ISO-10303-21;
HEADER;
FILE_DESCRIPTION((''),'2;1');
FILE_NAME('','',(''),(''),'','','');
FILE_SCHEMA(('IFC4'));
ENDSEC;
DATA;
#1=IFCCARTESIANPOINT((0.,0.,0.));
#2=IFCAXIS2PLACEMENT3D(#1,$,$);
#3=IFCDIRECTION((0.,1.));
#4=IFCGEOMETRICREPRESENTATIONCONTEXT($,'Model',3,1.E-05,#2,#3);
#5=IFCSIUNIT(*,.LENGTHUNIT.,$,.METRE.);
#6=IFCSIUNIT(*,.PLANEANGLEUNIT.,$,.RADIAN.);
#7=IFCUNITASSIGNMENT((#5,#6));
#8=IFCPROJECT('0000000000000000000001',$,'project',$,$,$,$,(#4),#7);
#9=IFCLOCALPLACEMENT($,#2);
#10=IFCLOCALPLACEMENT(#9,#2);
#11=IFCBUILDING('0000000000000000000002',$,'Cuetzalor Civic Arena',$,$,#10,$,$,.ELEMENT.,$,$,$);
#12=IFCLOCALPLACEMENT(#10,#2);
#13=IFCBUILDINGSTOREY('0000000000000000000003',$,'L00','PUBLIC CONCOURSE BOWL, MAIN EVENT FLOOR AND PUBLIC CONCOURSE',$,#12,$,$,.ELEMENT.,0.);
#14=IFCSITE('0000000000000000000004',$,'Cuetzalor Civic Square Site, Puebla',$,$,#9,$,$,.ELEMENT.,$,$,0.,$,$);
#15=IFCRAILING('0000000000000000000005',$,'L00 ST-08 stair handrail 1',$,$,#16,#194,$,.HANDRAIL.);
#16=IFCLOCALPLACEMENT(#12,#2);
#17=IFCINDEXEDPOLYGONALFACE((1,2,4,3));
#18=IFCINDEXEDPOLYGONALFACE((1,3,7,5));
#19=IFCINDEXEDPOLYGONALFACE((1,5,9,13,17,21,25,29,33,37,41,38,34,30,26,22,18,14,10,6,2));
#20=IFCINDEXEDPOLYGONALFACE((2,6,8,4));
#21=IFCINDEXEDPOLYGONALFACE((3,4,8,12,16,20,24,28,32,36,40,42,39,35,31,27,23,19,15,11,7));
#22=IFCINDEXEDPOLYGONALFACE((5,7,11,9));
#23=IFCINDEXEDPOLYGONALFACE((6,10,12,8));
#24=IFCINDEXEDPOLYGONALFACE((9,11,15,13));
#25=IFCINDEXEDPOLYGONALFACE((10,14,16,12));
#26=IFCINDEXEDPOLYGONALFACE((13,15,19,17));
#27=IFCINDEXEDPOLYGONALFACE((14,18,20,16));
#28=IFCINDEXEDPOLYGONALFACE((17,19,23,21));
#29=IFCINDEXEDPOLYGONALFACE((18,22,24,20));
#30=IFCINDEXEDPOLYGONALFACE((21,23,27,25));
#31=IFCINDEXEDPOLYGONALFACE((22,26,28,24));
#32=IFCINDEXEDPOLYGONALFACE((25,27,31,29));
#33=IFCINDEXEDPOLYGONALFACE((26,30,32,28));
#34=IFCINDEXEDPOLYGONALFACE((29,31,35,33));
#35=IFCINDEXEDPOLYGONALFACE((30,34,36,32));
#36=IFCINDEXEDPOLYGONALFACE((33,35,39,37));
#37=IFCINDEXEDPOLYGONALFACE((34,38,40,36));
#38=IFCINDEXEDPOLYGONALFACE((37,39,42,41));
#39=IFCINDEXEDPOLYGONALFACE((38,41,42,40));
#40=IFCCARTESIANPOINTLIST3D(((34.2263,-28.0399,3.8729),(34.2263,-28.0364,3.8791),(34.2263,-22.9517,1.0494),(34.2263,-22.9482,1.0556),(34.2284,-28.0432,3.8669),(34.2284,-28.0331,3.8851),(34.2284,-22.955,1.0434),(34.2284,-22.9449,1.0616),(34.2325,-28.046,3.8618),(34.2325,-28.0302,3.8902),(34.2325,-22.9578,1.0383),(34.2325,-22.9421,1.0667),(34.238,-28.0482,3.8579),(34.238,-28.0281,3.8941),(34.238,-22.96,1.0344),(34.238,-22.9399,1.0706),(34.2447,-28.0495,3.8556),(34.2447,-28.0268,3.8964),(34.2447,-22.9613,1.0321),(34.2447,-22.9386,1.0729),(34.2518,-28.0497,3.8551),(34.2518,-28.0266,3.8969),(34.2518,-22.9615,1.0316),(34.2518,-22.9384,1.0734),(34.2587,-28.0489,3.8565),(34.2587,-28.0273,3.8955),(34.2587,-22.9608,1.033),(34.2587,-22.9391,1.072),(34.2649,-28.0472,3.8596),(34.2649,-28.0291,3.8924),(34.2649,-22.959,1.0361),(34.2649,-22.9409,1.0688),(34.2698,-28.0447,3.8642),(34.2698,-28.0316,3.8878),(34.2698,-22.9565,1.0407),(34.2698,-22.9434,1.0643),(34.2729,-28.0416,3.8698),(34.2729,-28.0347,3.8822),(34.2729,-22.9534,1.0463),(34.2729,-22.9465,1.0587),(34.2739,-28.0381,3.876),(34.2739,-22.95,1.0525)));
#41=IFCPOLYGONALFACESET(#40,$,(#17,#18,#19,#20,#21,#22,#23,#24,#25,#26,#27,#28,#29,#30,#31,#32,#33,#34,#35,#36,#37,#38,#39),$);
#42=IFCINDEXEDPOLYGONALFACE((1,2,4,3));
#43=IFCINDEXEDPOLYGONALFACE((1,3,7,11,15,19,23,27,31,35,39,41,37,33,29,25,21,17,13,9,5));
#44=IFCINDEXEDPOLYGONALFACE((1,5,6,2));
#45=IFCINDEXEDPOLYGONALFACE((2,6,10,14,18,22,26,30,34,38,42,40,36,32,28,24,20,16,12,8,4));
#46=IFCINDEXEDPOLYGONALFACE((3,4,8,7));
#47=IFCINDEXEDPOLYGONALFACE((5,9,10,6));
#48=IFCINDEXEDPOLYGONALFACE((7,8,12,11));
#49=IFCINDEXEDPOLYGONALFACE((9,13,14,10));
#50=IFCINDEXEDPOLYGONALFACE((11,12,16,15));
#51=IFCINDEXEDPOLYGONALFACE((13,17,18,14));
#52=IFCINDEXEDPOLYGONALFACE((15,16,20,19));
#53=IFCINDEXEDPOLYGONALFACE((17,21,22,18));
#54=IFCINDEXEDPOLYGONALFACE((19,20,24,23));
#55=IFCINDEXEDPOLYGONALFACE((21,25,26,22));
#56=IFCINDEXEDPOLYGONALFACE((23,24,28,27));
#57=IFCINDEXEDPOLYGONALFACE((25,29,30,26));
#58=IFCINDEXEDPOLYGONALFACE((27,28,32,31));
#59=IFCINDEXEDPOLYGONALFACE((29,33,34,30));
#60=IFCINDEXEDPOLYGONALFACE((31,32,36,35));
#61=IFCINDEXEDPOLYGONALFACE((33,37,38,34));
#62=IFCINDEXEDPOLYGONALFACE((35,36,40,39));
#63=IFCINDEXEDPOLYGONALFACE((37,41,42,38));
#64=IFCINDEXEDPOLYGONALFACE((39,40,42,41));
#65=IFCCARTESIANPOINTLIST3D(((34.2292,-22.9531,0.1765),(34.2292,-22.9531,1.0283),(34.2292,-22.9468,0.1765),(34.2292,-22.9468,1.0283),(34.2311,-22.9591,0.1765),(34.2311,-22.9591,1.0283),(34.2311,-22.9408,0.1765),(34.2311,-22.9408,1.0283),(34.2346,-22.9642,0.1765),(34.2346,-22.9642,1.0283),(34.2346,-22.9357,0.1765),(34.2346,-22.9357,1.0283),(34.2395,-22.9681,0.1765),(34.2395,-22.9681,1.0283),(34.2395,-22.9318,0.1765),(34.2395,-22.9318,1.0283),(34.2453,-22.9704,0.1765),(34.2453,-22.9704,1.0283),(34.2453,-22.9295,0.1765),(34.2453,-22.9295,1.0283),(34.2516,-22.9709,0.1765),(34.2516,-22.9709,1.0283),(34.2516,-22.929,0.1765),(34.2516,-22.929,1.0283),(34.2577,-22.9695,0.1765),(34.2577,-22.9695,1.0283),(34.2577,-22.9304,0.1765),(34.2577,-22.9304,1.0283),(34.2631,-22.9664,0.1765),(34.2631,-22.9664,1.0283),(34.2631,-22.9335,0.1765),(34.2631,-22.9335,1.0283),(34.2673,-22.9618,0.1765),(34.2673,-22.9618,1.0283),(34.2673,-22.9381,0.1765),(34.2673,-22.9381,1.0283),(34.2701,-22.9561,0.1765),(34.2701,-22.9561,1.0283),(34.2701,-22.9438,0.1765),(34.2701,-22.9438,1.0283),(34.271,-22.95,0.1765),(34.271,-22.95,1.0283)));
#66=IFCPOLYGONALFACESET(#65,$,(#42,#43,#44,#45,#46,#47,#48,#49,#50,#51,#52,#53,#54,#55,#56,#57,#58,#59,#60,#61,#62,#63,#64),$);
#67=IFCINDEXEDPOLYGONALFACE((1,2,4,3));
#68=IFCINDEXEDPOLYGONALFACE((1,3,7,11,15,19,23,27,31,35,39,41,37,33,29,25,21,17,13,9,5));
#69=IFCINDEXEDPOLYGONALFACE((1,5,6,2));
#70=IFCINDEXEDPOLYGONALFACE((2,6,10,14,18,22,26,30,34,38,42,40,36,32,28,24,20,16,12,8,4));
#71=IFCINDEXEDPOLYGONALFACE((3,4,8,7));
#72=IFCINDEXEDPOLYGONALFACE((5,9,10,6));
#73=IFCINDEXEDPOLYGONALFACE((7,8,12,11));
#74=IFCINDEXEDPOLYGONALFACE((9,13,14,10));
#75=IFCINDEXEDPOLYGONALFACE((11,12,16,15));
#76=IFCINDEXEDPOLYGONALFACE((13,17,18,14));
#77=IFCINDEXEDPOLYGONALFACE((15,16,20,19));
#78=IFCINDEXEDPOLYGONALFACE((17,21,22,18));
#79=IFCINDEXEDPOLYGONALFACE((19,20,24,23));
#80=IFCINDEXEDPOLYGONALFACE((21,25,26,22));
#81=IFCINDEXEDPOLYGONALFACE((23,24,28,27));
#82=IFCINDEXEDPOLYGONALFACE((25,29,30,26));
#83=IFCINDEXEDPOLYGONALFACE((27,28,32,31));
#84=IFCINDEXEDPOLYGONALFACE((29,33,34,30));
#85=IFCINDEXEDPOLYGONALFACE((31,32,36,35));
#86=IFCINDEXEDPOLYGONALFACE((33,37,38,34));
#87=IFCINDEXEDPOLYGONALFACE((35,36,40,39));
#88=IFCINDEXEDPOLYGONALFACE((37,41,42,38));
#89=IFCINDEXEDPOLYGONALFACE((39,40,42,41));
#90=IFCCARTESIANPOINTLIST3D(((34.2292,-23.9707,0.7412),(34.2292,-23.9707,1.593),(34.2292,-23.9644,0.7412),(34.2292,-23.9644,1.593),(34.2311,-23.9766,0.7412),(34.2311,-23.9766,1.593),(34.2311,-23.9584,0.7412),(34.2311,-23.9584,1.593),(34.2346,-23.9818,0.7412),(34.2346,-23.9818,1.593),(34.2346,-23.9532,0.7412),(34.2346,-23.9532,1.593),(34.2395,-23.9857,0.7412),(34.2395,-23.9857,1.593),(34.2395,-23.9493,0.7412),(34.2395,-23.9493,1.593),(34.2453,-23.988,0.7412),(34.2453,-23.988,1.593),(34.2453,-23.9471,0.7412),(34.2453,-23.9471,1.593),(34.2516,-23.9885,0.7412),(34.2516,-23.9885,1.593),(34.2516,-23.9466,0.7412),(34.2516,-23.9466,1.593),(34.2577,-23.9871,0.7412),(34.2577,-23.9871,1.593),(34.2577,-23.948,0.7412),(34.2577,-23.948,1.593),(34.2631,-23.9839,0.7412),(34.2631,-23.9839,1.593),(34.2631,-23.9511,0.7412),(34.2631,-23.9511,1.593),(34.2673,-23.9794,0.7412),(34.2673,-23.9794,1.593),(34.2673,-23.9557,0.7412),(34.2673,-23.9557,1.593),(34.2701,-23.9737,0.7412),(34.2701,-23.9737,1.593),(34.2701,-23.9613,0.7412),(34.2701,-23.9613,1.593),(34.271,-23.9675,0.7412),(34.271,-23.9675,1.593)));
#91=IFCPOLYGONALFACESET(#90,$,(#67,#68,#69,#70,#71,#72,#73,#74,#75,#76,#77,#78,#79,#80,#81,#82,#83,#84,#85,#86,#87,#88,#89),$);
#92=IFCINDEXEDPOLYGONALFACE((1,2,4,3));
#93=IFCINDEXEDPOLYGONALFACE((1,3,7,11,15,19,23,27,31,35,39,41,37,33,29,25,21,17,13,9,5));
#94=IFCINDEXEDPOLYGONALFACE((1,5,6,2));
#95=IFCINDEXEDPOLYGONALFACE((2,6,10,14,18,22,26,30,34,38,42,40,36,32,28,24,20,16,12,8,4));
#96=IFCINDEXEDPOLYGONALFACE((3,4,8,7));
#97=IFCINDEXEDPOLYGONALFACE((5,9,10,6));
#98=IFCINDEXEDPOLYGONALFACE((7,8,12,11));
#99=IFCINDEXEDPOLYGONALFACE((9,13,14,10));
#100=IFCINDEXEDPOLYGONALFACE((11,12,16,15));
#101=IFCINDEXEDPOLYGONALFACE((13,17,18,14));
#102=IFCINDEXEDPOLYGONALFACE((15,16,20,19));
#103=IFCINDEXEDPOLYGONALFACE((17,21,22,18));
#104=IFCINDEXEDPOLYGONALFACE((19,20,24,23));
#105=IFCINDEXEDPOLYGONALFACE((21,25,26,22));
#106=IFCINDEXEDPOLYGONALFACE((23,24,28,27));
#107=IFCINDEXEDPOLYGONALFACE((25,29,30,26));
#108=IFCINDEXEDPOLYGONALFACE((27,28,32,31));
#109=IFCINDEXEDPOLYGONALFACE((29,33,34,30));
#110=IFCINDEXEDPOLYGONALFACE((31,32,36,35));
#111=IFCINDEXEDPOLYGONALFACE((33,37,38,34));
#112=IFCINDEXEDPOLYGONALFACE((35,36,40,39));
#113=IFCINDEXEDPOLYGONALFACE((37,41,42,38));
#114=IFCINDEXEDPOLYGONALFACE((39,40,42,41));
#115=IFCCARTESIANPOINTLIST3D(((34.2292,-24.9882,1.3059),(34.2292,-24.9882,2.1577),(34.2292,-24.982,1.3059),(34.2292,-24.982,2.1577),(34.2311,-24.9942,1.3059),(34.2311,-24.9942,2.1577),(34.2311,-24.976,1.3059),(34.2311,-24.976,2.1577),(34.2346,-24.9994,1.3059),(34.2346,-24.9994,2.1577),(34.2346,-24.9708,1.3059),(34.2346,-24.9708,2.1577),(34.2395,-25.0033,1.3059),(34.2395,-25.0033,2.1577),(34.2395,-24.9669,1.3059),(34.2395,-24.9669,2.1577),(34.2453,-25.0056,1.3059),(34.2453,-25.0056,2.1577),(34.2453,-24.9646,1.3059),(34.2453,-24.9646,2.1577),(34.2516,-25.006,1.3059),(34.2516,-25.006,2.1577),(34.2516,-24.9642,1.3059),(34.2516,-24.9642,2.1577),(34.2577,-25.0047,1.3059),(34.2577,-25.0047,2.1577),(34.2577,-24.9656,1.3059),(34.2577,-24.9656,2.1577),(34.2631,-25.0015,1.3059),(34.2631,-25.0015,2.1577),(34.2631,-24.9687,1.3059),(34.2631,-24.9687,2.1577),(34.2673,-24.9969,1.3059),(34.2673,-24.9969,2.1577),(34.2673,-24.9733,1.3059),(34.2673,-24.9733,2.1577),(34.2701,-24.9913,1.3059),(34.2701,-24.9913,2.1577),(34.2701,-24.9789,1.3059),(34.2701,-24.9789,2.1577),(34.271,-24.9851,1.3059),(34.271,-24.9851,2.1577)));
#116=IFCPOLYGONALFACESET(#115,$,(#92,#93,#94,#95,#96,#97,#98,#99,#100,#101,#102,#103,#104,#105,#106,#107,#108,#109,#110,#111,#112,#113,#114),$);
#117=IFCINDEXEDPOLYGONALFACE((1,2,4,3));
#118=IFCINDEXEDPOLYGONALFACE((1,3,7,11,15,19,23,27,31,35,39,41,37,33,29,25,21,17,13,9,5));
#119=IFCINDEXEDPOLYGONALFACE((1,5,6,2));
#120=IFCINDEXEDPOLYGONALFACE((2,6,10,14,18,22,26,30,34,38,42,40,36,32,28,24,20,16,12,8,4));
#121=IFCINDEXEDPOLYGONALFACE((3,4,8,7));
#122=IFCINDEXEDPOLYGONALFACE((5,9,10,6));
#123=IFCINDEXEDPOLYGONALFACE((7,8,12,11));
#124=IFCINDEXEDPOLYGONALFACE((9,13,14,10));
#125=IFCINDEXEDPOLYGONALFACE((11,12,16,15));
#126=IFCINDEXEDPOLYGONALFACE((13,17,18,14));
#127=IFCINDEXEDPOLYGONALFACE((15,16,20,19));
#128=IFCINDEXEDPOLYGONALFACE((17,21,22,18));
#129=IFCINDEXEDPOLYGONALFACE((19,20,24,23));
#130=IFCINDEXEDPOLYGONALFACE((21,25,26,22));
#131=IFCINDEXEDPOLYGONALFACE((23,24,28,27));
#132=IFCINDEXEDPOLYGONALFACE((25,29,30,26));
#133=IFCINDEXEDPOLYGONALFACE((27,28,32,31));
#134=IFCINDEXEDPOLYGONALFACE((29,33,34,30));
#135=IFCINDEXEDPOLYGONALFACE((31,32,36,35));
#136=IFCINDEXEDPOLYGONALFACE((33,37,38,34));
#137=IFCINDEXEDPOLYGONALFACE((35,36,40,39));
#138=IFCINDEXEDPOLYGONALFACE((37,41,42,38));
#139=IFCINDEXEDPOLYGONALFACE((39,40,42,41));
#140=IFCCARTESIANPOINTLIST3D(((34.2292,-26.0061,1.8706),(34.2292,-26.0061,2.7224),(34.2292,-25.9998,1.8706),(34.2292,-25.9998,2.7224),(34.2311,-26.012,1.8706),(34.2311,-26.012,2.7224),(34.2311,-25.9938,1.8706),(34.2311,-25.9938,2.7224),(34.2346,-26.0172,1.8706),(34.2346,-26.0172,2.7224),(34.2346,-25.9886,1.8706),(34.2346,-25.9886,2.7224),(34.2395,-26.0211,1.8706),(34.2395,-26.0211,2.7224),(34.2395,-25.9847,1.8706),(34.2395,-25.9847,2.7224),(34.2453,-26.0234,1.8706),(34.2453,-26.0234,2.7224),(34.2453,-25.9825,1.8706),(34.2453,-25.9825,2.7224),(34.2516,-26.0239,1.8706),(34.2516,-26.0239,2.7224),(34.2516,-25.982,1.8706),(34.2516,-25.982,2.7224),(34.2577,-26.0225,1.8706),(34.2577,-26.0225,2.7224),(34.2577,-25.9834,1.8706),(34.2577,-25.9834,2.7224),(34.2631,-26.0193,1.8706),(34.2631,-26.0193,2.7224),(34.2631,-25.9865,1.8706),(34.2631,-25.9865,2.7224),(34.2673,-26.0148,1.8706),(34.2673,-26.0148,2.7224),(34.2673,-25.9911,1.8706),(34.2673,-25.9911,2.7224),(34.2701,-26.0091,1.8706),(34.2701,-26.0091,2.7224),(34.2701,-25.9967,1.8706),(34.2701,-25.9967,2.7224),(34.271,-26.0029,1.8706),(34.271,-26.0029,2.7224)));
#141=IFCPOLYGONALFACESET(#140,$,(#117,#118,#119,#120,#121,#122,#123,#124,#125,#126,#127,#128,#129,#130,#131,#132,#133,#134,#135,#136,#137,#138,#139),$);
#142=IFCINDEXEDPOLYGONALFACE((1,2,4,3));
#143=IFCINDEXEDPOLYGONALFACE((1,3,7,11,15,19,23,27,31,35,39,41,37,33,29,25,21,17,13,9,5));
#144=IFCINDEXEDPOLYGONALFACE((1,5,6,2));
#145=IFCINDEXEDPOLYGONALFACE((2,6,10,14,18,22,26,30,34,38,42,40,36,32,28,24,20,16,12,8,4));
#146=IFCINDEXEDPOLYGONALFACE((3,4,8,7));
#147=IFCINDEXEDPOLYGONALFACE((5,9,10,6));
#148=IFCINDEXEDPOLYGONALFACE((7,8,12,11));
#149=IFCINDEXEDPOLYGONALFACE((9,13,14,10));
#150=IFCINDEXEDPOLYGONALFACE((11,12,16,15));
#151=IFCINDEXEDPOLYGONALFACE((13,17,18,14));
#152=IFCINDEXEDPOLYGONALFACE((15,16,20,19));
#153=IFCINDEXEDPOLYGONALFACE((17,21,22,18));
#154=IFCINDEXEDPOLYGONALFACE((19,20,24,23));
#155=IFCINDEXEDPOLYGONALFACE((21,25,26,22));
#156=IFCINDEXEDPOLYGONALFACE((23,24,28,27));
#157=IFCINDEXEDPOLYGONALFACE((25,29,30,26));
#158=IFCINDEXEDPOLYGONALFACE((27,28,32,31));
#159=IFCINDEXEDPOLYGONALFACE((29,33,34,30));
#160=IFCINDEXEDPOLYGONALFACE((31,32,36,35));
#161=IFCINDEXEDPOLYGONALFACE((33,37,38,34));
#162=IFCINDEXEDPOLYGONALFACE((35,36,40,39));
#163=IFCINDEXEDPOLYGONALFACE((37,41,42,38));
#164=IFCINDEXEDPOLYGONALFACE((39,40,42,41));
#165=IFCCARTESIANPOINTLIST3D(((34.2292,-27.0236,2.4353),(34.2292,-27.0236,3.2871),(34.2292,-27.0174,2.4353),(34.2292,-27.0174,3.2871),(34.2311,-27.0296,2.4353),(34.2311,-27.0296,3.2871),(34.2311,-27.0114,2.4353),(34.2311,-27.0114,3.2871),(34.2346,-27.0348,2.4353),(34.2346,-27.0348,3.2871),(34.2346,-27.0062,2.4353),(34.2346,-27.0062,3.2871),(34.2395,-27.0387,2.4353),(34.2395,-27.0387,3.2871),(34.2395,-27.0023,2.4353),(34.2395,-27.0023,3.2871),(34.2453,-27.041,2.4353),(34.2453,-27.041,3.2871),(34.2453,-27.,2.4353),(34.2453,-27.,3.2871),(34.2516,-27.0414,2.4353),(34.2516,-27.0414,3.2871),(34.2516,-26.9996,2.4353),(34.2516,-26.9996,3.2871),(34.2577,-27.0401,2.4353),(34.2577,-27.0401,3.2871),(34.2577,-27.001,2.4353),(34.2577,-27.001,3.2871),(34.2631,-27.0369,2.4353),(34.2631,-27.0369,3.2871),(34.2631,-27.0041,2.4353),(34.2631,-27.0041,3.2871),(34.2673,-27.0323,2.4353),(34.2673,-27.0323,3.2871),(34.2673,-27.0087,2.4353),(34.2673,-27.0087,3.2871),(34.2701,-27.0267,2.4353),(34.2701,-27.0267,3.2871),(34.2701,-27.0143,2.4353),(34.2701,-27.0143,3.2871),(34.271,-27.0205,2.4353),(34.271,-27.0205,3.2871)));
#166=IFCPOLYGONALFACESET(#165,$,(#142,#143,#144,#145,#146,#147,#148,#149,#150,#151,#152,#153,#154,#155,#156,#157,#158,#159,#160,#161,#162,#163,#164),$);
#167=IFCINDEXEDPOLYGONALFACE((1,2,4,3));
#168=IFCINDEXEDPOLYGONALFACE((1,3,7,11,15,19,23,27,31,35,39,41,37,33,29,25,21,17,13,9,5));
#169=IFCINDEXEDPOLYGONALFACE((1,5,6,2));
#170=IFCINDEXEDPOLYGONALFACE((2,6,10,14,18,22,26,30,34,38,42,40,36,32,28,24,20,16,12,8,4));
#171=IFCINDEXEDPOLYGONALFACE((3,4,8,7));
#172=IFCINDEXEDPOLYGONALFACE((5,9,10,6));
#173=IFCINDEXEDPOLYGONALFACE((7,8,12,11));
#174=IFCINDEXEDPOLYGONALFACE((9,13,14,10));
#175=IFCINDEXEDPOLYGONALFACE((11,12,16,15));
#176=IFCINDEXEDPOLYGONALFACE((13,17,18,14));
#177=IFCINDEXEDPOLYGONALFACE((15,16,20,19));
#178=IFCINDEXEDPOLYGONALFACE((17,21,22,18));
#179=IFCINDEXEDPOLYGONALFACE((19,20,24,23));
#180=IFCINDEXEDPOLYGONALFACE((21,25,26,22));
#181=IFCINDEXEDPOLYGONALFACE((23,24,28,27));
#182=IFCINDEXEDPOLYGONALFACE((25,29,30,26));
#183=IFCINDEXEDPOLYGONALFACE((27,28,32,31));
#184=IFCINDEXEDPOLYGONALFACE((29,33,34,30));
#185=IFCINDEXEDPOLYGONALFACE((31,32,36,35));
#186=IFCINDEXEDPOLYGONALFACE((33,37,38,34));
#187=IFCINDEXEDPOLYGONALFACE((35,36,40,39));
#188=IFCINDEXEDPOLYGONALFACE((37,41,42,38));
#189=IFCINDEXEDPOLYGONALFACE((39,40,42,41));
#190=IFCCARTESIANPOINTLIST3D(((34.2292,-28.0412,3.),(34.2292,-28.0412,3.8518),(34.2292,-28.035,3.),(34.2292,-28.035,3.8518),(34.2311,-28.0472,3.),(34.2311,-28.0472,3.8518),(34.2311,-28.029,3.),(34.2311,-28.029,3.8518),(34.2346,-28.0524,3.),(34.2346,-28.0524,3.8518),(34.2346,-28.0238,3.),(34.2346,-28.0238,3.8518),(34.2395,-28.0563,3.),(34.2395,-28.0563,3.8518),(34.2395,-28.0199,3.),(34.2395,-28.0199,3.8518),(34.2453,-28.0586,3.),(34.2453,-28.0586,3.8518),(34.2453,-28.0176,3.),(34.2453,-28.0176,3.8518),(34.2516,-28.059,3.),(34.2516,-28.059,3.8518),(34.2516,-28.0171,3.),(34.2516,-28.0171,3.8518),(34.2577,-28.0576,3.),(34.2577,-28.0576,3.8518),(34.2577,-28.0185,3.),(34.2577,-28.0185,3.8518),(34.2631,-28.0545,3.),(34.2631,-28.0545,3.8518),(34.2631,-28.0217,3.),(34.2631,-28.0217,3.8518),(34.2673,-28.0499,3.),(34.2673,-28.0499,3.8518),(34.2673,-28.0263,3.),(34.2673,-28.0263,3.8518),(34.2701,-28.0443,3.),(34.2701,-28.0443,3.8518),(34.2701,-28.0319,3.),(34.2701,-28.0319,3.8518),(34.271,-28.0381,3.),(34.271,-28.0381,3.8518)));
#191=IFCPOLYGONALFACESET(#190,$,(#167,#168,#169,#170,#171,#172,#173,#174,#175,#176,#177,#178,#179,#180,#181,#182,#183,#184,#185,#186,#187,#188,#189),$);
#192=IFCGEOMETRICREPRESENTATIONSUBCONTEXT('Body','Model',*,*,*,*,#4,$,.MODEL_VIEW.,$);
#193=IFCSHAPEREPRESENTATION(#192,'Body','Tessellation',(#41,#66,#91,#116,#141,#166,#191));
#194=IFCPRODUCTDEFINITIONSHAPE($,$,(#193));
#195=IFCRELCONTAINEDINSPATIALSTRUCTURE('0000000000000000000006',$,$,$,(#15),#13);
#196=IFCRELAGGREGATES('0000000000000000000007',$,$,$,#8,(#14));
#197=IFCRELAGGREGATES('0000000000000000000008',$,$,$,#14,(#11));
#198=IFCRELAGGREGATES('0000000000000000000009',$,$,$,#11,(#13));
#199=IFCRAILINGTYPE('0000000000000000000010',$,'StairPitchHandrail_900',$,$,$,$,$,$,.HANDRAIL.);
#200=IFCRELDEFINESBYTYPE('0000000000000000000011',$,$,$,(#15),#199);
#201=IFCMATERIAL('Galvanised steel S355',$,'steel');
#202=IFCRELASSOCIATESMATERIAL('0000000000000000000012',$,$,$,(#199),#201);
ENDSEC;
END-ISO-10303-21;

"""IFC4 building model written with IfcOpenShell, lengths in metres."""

from ifc_helpers import new_model, si_unit, direction, frame, origin, origin_2d, place, context, subcontext, project, spatial, circle, extrude, material, type_object, element, save


model = new_model("IFC4")

# Units and contexts
model_context = context("Model", 3, precision=1e-05, world=origin(), true_north=direction((0.0, 1.0)))
body_context = subcontext(model_context, "Body", "Model", "MODEL_VIEW")
ifc_project = project(units=[si_unit("LENGTHUNIT", "METRE"), si_unit("PLANEANGLEUNIT", "RADIAN")], contexts=[model_context])

# Site, building, storey
site_placement = place(None, origin())
site = spatial("IfcSite", under=ifc_project, at=site_placement, Name="Cuetzalor Civic Square Site, Puebla", CompositionType="ELEMENT", RefElevation=0.0)
building_placement = place(site_placement, origin())
building = spatial("IfcBuilding", under=site, at=building_placement, Name="Cuetzalor Civic Arena", CompositionType="ELEMENT")
storey_placement = place(building_placement, origin())
storey = spatial("IfcBuildingStorey", under=building, at=storey_placement, Name="L00", Description="PUBLIC CONCOURSE BOWL, MAIN EVENT FLOOR AND PUBLIC CONCOURSE", CompositionType="ELEMENT", Elevation=0.0)

# Railing
ifc_material_1 = material(Name="Galvanised steel S355", Category="steel")
railing_type_1 = type_object("IfcRailingType", Name="StairPitchHandrail_900", PredefinedType="HANDRAIL", material=ifc_material_1)
railing_1_placement = place(storey_placement, frame((34.25, -22.95, 0.1765)))
element("IfcRailing", 1, at=railing_1_placement, inside=storey, type_object=railing_type_1, Name="L00 ST-08 stair handrail 1", PredefinedType="HANDRAIL", context=body_context, shape_type="SweptSolid", body=[
    extrude(circle(Radius=0.0239, at=origin_2d()), frame((0.0, 0.0, 0.876), z_axis=(0.0, -0.874395, 0.485215), x_axis=(1.0, 0.0, 0.0)), (0.0, 0.0, 1.0), 5.8191),
    extrude(circle(Radius=0.021, at=origin_2d()), origin(), (0.0, 0.0, 1.0), 0.8518),
    extrude(circle(Radius=0.021, at=origin_2d()), frame((0.0, -1.0176, 0.5647)), (0.0, 0.0, 1.0), 0.8518),
    extrude(circle(Radius=0.021, at=origin_2d()), frame((0.0, -2.0352, 1.1294)), (0.0, 0.0, 1.0), 0.8518),
    extrude(circle(Radius=0.021, at=origin_2d()), frame((0.0, -3.053, 1.6941)), (0.0, 0.0, 1.0), 0.8518),
    extrude(circle(Radius=0.021, at=origin_2d()), frame((0.0, -4.0706, 2.2588)), (0.0, 0.0, 1.0), 0.8518),
    extrude(circle(Radius=0.021, at=origin_2d()), frame((0.0, -5.0881, 2.8235)), (0.0, 0.0, 1.0), 0.8518),
])

save(model, "model.ifc")
